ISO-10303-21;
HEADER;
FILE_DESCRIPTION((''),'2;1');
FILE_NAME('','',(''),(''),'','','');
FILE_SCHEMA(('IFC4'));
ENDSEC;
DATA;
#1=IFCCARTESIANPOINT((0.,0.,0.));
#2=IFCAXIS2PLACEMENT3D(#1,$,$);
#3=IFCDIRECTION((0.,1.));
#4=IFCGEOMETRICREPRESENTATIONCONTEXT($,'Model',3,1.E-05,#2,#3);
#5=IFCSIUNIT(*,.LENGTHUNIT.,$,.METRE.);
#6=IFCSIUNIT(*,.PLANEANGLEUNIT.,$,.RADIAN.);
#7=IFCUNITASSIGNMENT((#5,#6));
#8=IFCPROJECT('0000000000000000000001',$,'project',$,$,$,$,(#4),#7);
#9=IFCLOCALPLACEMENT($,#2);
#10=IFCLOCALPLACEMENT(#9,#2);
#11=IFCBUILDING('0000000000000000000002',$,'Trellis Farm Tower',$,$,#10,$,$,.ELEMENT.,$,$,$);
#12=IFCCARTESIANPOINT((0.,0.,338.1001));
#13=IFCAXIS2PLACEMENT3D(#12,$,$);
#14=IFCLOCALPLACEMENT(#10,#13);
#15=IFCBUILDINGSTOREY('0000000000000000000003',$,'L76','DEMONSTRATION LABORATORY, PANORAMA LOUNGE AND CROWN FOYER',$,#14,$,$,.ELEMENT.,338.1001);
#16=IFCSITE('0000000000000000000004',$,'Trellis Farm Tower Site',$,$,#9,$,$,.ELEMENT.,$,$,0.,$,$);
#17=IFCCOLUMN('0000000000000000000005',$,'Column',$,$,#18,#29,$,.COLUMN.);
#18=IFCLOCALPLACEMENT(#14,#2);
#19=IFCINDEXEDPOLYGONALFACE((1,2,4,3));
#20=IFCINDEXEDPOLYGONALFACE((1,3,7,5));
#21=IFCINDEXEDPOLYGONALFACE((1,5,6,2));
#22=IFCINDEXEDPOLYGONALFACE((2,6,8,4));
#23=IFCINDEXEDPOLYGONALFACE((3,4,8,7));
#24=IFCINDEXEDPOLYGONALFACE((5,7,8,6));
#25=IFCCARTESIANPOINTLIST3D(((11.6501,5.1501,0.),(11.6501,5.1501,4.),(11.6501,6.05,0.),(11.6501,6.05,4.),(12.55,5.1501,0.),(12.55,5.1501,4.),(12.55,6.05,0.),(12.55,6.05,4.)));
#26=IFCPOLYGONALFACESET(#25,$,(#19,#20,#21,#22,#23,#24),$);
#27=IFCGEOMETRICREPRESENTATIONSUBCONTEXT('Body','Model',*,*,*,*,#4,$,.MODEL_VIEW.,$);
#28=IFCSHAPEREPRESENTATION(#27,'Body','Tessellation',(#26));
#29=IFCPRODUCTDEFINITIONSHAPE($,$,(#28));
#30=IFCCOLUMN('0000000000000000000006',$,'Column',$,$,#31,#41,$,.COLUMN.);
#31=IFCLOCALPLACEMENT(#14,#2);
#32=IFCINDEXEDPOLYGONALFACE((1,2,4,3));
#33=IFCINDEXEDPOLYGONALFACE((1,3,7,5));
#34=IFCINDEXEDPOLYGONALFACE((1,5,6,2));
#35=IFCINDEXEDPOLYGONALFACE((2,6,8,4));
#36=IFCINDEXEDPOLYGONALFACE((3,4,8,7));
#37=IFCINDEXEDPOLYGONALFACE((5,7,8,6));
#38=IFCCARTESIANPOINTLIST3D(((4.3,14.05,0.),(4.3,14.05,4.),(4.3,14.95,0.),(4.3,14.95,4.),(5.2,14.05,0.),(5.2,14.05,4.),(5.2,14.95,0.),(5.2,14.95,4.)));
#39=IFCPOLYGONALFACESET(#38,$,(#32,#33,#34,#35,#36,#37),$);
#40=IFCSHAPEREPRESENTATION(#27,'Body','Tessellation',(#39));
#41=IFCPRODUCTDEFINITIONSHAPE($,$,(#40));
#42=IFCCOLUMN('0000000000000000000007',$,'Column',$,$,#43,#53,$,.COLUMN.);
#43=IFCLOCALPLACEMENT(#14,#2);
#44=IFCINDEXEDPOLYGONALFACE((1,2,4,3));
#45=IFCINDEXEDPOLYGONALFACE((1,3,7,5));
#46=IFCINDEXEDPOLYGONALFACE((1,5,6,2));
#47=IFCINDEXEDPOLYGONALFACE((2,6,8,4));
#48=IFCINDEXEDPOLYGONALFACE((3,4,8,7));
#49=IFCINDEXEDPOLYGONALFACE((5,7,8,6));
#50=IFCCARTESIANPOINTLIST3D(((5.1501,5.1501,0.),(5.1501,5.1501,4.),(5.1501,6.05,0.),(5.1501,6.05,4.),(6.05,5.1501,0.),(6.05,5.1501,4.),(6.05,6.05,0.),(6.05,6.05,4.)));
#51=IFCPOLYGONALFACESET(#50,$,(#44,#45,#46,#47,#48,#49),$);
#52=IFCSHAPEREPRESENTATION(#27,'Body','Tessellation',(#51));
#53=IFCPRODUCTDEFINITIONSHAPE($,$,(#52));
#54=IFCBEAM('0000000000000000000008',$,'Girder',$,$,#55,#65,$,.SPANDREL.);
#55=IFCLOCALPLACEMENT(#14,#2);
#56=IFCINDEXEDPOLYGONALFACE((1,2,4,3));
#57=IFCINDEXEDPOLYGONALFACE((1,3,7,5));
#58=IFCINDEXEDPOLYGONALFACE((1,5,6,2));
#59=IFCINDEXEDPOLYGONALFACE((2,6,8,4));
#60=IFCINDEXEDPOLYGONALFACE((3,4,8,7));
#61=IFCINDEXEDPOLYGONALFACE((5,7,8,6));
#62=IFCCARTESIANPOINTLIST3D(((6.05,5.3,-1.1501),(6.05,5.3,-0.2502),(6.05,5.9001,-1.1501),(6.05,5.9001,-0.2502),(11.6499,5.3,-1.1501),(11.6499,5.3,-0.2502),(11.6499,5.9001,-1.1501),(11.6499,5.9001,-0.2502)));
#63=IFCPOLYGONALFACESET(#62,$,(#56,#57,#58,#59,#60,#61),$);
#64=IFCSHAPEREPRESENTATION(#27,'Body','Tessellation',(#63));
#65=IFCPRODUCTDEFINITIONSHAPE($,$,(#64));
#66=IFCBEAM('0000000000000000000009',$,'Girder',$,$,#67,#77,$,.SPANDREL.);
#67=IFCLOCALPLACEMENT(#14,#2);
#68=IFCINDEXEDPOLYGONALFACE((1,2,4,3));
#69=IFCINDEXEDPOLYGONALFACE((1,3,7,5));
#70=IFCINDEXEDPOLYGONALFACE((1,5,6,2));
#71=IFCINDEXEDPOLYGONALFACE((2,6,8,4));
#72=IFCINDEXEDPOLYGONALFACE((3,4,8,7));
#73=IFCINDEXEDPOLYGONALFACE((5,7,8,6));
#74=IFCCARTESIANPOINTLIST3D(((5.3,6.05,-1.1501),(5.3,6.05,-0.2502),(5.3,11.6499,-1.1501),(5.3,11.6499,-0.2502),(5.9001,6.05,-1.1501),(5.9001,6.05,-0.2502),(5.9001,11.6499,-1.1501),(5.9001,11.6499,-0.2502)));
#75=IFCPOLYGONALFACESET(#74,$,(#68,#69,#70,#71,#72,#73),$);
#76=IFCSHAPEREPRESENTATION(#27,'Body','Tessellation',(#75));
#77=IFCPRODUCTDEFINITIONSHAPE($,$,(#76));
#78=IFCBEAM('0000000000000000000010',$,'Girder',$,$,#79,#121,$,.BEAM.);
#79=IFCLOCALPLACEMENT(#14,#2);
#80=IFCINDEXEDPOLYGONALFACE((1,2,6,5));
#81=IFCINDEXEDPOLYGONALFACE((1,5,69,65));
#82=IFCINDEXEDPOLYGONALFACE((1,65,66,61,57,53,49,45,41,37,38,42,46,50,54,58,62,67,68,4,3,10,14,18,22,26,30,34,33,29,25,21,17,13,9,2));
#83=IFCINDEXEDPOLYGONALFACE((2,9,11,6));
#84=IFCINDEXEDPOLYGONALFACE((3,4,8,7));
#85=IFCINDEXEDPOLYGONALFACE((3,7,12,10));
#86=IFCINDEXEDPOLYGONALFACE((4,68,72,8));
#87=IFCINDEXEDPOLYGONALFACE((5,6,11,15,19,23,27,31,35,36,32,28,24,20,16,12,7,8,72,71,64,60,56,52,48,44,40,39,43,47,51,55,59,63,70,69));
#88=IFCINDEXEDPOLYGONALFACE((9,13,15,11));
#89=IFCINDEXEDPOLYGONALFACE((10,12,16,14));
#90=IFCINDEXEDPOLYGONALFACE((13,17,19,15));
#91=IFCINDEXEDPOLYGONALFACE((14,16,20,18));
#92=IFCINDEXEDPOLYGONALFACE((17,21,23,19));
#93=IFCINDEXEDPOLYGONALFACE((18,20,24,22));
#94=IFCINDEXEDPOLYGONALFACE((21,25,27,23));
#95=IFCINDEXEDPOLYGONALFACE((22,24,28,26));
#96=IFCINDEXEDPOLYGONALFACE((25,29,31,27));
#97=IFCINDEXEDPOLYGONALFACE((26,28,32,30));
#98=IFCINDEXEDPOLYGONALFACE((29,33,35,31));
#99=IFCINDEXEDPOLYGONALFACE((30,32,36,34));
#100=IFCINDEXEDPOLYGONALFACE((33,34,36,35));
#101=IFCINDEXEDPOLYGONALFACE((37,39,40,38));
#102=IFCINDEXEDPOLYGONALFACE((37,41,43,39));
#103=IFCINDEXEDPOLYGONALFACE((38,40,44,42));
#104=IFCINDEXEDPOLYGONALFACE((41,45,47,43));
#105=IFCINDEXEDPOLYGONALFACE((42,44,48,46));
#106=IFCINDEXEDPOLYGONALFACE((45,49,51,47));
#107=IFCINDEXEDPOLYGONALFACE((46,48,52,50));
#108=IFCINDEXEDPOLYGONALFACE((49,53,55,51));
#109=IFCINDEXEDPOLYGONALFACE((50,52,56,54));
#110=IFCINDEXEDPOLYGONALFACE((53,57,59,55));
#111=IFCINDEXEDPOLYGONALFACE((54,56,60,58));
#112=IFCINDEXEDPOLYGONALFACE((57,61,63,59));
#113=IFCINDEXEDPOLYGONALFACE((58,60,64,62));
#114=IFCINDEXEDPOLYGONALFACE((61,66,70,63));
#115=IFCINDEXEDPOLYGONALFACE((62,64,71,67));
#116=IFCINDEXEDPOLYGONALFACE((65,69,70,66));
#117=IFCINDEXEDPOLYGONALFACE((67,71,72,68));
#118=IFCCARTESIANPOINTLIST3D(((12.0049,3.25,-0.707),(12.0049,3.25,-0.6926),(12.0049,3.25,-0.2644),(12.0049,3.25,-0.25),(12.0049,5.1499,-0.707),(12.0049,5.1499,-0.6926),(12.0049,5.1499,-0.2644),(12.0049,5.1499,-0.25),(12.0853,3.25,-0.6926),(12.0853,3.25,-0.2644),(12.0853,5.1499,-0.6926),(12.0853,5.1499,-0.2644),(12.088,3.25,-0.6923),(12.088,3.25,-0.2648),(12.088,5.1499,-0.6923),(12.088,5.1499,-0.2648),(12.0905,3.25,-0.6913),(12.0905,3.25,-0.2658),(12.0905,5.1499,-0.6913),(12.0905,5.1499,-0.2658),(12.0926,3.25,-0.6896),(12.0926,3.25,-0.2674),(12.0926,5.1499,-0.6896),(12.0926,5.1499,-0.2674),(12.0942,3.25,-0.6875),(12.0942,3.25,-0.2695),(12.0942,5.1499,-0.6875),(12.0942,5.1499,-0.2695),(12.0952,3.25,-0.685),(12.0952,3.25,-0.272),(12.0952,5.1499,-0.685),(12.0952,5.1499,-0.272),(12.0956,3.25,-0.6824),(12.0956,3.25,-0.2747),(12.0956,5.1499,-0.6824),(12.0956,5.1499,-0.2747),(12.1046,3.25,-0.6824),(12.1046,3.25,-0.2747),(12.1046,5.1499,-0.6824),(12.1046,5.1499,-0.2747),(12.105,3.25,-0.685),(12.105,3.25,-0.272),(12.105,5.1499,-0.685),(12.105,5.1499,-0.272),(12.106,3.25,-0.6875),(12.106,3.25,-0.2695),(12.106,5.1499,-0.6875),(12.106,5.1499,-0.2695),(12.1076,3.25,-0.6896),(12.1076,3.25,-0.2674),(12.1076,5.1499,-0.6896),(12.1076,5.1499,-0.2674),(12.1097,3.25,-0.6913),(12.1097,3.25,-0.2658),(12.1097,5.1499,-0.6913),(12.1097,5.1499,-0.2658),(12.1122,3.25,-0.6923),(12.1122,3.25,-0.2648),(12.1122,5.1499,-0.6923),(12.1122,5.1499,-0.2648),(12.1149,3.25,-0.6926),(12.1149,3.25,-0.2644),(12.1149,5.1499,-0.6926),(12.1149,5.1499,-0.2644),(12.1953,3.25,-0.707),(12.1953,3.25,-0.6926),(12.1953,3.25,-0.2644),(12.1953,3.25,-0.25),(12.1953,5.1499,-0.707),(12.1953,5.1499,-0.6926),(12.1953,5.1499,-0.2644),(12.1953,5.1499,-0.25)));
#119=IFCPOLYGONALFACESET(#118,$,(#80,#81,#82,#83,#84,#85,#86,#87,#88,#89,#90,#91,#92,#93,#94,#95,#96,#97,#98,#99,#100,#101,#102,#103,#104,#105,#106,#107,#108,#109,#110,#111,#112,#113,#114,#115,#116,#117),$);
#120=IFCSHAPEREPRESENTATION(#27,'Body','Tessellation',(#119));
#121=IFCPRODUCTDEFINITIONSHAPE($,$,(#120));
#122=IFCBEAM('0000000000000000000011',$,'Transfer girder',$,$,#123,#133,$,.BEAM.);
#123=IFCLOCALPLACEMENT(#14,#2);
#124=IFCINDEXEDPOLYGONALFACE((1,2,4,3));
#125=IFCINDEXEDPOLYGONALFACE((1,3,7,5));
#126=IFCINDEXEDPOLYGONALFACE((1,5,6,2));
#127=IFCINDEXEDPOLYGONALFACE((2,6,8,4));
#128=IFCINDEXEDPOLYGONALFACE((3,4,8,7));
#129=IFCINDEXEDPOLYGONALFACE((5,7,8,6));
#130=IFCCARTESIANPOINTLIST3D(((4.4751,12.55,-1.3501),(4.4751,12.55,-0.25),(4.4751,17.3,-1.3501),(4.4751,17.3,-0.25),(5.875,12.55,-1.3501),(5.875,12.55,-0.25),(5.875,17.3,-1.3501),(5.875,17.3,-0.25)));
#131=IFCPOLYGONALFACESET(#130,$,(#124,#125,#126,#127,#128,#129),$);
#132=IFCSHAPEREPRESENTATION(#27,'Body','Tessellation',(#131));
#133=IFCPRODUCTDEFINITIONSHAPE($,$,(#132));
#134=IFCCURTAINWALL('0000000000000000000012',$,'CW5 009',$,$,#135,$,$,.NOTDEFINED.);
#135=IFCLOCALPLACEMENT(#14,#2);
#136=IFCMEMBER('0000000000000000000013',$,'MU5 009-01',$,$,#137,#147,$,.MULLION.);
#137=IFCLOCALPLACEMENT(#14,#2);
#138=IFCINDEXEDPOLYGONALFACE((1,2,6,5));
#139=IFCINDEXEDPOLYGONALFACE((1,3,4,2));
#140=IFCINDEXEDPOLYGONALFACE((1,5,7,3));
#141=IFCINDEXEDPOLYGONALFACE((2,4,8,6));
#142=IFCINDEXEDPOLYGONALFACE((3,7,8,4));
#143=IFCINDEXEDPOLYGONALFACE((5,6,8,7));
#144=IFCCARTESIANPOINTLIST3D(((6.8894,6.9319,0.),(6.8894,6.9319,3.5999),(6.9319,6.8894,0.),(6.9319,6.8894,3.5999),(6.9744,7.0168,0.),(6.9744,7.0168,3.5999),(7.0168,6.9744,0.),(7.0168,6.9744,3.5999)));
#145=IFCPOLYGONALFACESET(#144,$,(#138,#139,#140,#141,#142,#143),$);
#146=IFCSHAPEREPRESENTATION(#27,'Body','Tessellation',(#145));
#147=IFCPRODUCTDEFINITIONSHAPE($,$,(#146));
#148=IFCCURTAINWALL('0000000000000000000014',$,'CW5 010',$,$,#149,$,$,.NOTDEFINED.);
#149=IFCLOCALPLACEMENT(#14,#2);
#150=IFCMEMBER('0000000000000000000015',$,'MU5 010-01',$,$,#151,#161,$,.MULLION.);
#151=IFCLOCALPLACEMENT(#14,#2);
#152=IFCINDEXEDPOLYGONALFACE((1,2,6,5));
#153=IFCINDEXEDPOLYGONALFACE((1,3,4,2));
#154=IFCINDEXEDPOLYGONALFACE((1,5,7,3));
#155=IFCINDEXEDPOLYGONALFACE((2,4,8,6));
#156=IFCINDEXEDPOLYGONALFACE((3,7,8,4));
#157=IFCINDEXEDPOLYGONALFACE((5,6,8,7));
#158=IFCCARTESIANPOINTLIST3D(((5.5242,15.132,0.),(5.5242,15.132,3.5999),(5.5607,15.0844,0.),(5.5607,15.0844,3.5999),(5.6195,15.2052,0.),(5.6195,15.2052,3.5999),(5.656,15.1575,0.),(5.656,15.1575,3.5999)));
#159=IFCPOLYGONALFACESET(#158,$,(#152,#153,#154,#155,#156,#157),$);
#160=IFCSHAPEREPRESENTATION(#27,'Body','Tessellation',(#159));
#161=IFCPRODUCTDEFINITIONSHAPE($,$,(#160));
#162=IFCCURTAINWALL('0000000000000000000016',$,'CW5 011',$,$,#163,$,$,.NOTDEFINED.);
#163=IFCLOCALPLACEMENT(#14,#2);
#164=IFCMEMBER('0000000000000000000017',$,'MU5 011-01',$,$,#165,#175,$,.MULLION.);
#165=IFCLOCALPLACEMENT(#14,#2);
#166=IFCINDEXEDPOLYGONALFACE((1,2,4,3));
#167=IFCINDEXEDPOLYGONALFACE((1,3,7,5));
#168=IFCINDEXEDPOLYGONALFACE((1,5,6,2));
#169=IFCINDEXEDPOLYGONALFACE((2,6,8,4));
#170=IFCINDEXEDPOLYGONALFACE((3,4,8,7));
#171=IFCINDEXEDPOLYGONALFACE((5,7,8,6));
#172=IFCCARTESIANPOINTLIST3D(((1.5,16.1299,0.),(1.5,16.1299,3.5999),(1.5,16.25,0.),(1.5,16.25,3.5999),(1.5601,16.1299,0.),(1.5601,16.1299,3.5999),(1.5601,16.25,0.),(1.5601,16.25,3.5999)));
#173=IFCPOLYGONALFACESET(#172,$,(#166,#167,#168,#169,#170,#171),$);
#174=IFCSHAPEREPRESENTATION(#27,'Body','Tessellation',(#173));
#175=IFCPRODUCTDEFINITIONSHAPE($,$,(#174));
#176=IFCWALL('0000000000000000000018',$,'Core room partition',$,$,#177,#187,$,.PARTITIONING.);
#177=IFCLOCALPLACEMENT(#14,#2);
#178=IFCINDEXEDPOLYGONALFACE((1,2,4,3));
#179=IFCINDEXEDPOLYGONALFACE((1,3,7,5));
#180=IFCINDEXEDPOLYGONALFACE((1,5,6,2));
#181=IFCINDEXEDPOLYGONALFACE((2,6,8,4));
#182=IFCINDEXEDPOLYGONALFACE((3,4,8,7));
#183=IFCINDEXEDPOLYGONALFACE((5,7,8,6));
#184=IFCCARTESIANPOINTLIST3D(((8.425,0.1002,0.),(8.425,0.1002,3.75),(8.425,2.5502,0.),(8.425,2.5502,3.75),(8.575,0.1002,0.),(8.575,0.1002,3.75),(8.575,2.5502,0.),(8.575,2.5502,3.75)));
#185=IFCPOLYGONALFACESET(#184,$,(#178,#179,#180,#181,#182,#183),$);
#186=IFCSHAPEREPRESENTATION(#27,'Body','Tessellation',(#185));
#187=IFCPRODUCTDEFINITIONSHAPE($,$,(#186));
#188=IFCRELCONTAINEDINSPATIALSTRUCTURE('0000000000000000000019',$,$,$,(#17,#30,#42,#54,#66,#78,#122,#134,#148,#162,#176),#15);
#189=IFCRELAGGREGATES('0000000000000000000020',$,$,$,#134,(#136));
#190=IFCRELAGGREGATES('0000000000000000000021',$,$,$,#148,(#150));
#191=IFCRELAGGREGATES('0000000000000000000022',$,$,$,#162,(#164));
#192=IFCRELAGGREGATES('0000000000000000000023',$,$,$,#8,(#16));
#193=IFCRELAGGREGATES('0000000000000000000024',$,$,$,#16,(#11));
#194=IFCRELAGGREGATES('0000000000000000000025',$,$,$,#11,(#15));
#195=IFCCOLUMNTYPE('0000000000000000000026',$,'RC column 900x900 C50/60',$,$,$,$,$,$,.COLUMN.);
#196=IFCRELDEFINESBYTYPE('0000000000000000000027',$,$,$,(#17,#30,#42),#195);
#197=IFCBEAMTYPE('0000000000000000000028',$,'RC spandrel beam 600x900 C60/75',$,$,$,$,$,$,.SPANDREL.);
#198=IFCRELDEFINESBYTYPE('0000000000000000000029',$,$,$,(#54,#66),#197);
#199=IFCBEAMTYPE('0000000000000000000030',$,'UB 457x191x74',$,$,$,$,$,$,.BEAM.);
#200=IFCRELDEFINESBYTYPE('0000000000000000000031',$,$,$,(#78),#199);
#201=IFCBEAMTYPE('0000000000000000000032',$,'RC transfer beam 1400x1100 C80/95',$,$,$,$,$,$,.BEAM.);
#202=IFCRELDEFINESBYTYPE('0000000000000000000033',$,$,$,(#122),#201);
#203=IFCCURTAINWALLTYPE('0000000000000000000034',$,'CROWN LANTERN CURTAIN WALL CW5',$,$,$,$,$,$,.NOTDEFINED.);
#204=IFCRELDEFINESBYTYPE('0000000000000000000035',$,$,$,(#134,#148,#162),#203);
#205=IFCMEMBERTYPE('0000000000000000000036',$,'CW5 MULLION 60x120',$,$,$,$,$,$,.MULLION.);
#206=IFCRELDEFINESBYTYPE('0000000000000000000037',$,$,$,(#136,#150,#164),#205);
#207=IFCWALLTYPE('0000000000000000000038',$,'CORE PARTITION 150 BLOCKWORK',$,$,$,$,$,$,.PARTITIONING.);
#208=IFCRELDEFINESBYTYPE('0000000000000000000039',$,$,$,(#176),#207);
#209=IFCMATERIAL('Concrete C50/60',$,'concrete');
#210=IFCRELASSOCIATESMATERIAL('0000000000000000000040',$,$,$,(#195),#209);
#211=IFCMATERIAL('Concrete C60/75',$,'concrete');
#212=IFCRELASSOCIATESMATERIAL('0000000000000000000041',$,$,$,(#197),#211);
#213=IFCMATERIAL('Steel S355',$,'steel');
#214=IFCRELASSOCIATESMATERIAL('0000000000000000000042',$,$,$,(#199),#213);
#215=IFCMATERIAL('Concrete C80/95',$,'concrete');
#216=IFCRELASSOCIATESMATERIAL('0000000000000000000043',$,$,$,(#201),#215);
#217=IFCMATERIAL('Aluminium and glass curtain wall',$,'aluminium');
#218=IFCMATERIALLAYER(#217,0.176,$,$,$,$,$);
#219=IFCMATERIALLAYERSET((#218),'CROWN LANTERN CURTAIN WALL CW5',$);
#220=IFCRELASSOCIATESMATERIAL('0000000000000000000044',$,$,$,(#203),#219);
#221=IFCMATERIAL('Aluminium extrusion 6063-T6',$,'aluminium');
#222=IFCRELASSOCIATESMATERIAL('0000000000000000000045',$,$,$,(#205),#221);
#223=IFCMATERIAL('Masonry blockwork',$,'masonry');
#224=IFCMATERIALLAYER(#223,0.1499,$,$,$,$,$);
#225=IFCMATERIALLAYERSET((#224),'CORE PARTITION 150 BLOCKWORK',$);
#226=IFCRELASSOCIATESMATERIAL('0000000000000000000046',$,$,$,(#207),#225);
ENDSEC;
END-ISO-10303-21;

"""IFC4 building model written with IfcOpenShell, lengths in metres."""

from ifc_helpers import new_model, si_unit, direction, frame, frame_2d, origin, origin_2d, place, context, subcontext, project, spatial, rectangle, i_section, extrude, source, transform, mapped, material, layer, layer_set, material_profile, profile_set, type_object, element, aggregate, save


model = new_model("IFC4")

# Units and contexts
model_context = context("Model", 3, precision=1e-05, world=origin(), true_north=direction((0.0, 1.0)))
body_context = subcontext(model_context, "Body", "Model", "MODEL_VIEW")
ifc_project = project(units=[si_unit("LENGTHUNIT", "METRE"), si_unit("PLANEANGLEUNIT", "RADIAN")], contexts=[model_context])

# Site, building, storey
site_placement = place(None, origin())
site = spatial("IfcSite", under=ifc_project, at=site_placement, Name="Trellis Farm Tower Site", CompositionType="ELEMENT", RefElevation=0.0)
building_placement = place(site_placement, origin())
building = spatial("IfcBuilding", under=site, at=building_placement, Name="Trellis Farm Tower", CompositionType="ELEMENT")
storey_placement = place(building_placement, frame((0.0, 0.0, 338.1001)))
storey = spatial("IfcBuildingStorey", under=building, at=storey_placement, Name="L76", Description="DEMONSTRATION LABORATORY, PANORAMA LOUNGE AND CROWN FOYER", CompositionType="ELEMENT", Elevation=338.1001)

# Columns
ifc_material_1 = material(Name="Concrete C50/60", Category="concrete")
ifc_material_profile_1 = material_profile(ifc_material_1, rectangle(XDim=0.8999, YDim=0.8999, at=origin_2d()), Name="RC column 900x900 C50/60")
ifc_profile_set_1 = profile_set([ifc_material_profile_1], Name="Concrete C50/60")
column_type = type_object("IfcColumnType", Name="RC column 900x900 C50/60", PredefinedType="COLUMN", material=ifc_profile_set_1)
shared_shape_1 = source(origin(), body_context, "Body", "SweptSolid", [
    extrude(rectangle(XDim=0.8999, YDim=0.8999, at=origin_2d()), origin(), (0.0, 0.0, 1.0), 4.0),
])
for number, where, z_axis, x_axis, name in (
    (1, (12.1001, 5.6001, 0.0), (0.0, 0.0, 1.0), (1.0, 0.0, 0.0), "Column"),
    (2, (4.75, 14.5, 0.0), (0.0, 0.0, 1.0), (1.0, 0.0, 0.0), "Column"),
    (3, (5.6001, 5.6001, 0.0), (0.0, 0.0, 1.0), (1.0, 0.0, 0.0), "Column"),
):
    element("IfcColumn", number, at=place(storey_placement, frame(where, z_axis=z_axis, x_axis=x_axis)), inside=storey, type_object=column_type, Name=name, PredefinedType="COLUMN", context=body_context, shape_type="MappedRepresentation", body=[
        mapped(shared_shape_1, transform((0.0, 0.0, 0.0))),
    ])

# Beams
ifc_material_2 = material(Name="Concrete C60/75", Category="concrete")
ifc_material_profile_2 = material_profile(ifc_material_2, rectangle(XDim=0.6001, YDim=0.8999, at=origin_2d()), Name="RC spandrel beam 600x900 C60/75")
ifc_profile_set_2 = profile_set([ifc_material_profile_2], Name="Concrete C60/75")
beam_type_1 = type_object("IfcBeamType", Name="RC spandrel beam 600x900 C60/75", PredefinedType="SPANDREL", material=ifc_profile_set_2)
shared_shape_2 = source(origin(), body_context, "Body", "SweptSolid", [
    extrude(rectangle(XDim=0.6001, YDim=0.8999, at=origin_2d()), origin(), (0.0, 0.0, 1.0), 5.5999),
])
for number, where, z_axis, x_axis, name in (
    (4, (6.05, 5.6001, -0.7002), (1.0, 0.0, 0.0), (0.0, 1.0, 0.0), "Girder"),
    (5, (5.6001, 6.05, -0.7002), (0.0, 1.0, 0.0), (-1.0, 0.0, 0.0), "Girder"),
):
    element("IfcBeam", number, at=place(storey_placement, frame(where, z_axis=z_axis, x_axis=x_axis)), inside=storey, type_object=beam_type_1, Name=name, PredefinedType="SPANDREL", context=body_context, shape_type="MappedRepresentation", body=[
        mapped(shared_shape_2, transform((0.0, 0.0, 0.0))),
    ])
ifc_material_3 = material(Name="Steel S355", Category="steel")
ifc_material_profile_3 = material_profile(ifc_material_3, i_section(OverallWidth=0.1904, OverallDepth=0.457, WebThickness=0.009, FlangeThickness=0.0144, FilletRadius=0.0103, at=origin_2d()), Name="UB 457x191x74")
ifc_profile_set_3 = profile_set([ifc_material_profile_3], Name="Steel S355")
beam_type_2 = type_object("IfcBeamType", Name="UB 457x191x74", PredefinedType="BEAM", material=ifc_profile_set_3)
shared_shape_3 = source(origin(), body_context, "Body", "SweptSolid", [
    extrude(i_section(OverallWidth=0.1904, OverallDepth=0.457, WebThickness=0.009, FlangeThickness=0.0144, FilletRadius=0.0103, at=origin_2d()), origin(), (0.0, 0.0, 1.0), 1.8999),
])
beam_1_placement = place(storey_placement, frame((12.1001, 3.25, -0.4785), z_axis=(0.0, 1.0, 0.0), x_axis=(-1.0, 0.0, 0.0)))
element("IfcBeam", 6, at=beam_1_placement, inside=storey, type_object=beam_type_2, Name="Girder", PredefinedType="BEAM", context=body_context, shape_type="MappedRepresentation", body=[
    mapped(shared_shape_3, transform((0.0, 0.0, 0.0))),
])
ifc_material_4 = material(Name="Concrete C80/95", Category="concrete")
ifc_material_profile_4 = material_profile(ifc_material_4, rectangle(XDim=1.3999, YDim=1.1001, at=origin_2d()), Name="RC transfer beam 1400x1100 C80/95")
ifc_profile_set_4 = profile_set([ifc_material_profile_4], Name="Concrete C80/95")
beam_type_3 = type_object("IfcBeamType", Name="RC transfer beam 1400x1100 C80/95", PredefinedType="BEAM", material=ifc_profile_set_4)
shared_shape_4 = source(origin(), body_context, "Body", "SweptSolid", [
    extrude(rectangle(XDim=1.3999, YDim=1.1001, at=origin_2d()), origin(), (0.0, 0.0, 1.0), 4.75),
])
beam_2_placement = place(storey_placement, frame((5.175, 12.55, -0.8), z_axis=(0.0, 1.0, 0.0), x_axis=(-1.0, 0.0, 0.0)))
element("IfcBeam", 7, at=beam_2_placement, inside=storey, type_object=beam_type_3, Name="Transfer girder", PredefinedType="BEAM", context=body_context, shape_type="MappedRepresentation", body=[
    mapped(shared_shape_4, transform((0.0, 0.0, 0.0))),
])

# Curtain walls, members
ifc_material_5 = material(Name="Aluminium and glass curtain wall", Category="aluminium")
ifc_layer_1 = layer(ifc_material_5, 0.176)
ifc_layer_set_1 = layer_set([ifc_layer_1], Name="CROWN LANTERN CURTAIN WALL CW5")
curtain_wall_type = type_object("IfcCurtainWallType", Name="CROWN LANTERN CURTAIN WALL CW5", PredefinedType="NOTDEFINED", material=ifc_layer_set_1)
placement = place(storey_placement, origin())
curtain_wall_1 = element("IfcCurtainWall", 8, at=placement, inside=storey, type_object=curtain_wall_type, Name="CW5 009", PredefinedType="NOTDEFINED")
ifc_material_6 = material(Name="Aluminium extrusion 6063-T6", Category="aluminium")
ifc_material_profile_5 = material_profile(ifc_material_6, rectangle(XDim=0.0601, YDim=0.1201, at=origin_2d()), Name="MULLION 60x120")
ifc_profile_set_5 = profile_set([ifc_material_profile_5], Name="Aluminium extrusion 6063-T6")
member_type = type_object("IfcMemberType", Name="CW5 MULLION 60x120", PredefinedType="MULLION", material=ifc_profile_set_5)
shared_shape_5 = source(origin(), body_context, "Body", "SweptSolid", [
    extrude(rectangle(XDim=0.0601, YDim=0.1201, at=origin_2d()), origin(), (0.0, 0.0, 1.0), 3.5999),
])
member_1_placement = place(storey_placement, frame((6.9531, 6.9531, 0.0), z_axis=(0.0, 0.0, 1.0), x_axis=(-0.707107, 0.707107, 0.0)))
member_1 = element("IfcMember", 9, at=member_1_placement, type_object=member_type, Name="MU5 009-01", PredefinedType="MULLION", context=body_context, shape_type="MappedRepresentation", body=[
    mapped(shared_shape_5, transform((0.0, 0.0, 0.0))),
])
aggregate(curtain_wall_1, [member_1])
curtain_wall_2 = element("IfcCurtainWall", 10, at=placement, inside=storey, type_object=curtain_wall_type, Name="CW5 010", PredefinedType="NOTDEFINED")
member_2_placement = place(storey_placement, frame((5.5901, 15.1448, 0.0), z_axis=(0.0, 0.0, 1.0), x_axis=(-0.608761, 0.793353, 0.0)))
member_2 = element("IfcMember", 11, at=member_2_placement, type_object=member_type, Name="MU5 010-01", PredefinedType="MULLION", context=body_context, shape_type="MappedRepresentation", body=[
    mapped(shared_shape_5, transform((0.0, 0.0, 0.0))),
])
aggregate(curtain_wall_2, [member_2])
curtain_wall_3 = element("IfcCurtainWall", 12, at=placement, inside=storey, type_object=curtain_wall_type, Name="CW5 011", PredefinedType="NOTDEFINED")
member_3_placement = place(storey_placement, frame((1.53, 16.1899, 0.0), z_axis=(0.0, 0.0, 1.0), x_axis=(-1.0, 0.0, 0.0)))
member_3 = element("IfcMember", 13, at=member_3_placement, type_object=member_type, Name="MU5 011-01", PredefinedType="MULLION", context=body_context, shape_type="MappedRepresentation", body=[
    mapped(shared_shape_5, transform((0.0, 0.0, 0.0))),
])
aggregate(curtain_wall_3, [member_3])

# Wall
ifc_material_7 = material(Name="Masonry blockwork", Category="masonry")
ifc_layer_2 = layer(ifc_material_7, 0.1499)
ifc_layer_set_2 = layer_set([ifc_layer_2], Name="CORE PARTITION 150 BLOCKWORK")
wall_type_1 = type_object("IfcWallType", Name="CORE PARTITION 150 BLOCKWORK", PredefinedType="PARTITIONING", material=ifc_layer_set_2)
shared_shape_6 = source(origin(), body_context, "Body", "SweptSolid", [
    extrude(rectangle(XDim=2.45, YDim=0.1499, at=frame_2d((1.2251, 0.0))), origin(), (0.0, 0.0, 1.0), 3.75),
])
wall_1_placement = place(storey_placement, frame((8.5, 0.1001, 0.0), z_axis=(0.0, 0.0, 1.0), x_axis=(0.0, 1.0, 0.0)))
element("IfcWall", 14, at=wall_1_placement, inside=storey, type_object=wall_type_1, Name="Core room partition", PredefinedType="PARTITIONING", context=body_context, shape_type="MappedRepresentation", body=[
    mapped(shared_shape_6, transform((0.0, 0.0, 0.0))),
])

save(model, "model.ifc")
